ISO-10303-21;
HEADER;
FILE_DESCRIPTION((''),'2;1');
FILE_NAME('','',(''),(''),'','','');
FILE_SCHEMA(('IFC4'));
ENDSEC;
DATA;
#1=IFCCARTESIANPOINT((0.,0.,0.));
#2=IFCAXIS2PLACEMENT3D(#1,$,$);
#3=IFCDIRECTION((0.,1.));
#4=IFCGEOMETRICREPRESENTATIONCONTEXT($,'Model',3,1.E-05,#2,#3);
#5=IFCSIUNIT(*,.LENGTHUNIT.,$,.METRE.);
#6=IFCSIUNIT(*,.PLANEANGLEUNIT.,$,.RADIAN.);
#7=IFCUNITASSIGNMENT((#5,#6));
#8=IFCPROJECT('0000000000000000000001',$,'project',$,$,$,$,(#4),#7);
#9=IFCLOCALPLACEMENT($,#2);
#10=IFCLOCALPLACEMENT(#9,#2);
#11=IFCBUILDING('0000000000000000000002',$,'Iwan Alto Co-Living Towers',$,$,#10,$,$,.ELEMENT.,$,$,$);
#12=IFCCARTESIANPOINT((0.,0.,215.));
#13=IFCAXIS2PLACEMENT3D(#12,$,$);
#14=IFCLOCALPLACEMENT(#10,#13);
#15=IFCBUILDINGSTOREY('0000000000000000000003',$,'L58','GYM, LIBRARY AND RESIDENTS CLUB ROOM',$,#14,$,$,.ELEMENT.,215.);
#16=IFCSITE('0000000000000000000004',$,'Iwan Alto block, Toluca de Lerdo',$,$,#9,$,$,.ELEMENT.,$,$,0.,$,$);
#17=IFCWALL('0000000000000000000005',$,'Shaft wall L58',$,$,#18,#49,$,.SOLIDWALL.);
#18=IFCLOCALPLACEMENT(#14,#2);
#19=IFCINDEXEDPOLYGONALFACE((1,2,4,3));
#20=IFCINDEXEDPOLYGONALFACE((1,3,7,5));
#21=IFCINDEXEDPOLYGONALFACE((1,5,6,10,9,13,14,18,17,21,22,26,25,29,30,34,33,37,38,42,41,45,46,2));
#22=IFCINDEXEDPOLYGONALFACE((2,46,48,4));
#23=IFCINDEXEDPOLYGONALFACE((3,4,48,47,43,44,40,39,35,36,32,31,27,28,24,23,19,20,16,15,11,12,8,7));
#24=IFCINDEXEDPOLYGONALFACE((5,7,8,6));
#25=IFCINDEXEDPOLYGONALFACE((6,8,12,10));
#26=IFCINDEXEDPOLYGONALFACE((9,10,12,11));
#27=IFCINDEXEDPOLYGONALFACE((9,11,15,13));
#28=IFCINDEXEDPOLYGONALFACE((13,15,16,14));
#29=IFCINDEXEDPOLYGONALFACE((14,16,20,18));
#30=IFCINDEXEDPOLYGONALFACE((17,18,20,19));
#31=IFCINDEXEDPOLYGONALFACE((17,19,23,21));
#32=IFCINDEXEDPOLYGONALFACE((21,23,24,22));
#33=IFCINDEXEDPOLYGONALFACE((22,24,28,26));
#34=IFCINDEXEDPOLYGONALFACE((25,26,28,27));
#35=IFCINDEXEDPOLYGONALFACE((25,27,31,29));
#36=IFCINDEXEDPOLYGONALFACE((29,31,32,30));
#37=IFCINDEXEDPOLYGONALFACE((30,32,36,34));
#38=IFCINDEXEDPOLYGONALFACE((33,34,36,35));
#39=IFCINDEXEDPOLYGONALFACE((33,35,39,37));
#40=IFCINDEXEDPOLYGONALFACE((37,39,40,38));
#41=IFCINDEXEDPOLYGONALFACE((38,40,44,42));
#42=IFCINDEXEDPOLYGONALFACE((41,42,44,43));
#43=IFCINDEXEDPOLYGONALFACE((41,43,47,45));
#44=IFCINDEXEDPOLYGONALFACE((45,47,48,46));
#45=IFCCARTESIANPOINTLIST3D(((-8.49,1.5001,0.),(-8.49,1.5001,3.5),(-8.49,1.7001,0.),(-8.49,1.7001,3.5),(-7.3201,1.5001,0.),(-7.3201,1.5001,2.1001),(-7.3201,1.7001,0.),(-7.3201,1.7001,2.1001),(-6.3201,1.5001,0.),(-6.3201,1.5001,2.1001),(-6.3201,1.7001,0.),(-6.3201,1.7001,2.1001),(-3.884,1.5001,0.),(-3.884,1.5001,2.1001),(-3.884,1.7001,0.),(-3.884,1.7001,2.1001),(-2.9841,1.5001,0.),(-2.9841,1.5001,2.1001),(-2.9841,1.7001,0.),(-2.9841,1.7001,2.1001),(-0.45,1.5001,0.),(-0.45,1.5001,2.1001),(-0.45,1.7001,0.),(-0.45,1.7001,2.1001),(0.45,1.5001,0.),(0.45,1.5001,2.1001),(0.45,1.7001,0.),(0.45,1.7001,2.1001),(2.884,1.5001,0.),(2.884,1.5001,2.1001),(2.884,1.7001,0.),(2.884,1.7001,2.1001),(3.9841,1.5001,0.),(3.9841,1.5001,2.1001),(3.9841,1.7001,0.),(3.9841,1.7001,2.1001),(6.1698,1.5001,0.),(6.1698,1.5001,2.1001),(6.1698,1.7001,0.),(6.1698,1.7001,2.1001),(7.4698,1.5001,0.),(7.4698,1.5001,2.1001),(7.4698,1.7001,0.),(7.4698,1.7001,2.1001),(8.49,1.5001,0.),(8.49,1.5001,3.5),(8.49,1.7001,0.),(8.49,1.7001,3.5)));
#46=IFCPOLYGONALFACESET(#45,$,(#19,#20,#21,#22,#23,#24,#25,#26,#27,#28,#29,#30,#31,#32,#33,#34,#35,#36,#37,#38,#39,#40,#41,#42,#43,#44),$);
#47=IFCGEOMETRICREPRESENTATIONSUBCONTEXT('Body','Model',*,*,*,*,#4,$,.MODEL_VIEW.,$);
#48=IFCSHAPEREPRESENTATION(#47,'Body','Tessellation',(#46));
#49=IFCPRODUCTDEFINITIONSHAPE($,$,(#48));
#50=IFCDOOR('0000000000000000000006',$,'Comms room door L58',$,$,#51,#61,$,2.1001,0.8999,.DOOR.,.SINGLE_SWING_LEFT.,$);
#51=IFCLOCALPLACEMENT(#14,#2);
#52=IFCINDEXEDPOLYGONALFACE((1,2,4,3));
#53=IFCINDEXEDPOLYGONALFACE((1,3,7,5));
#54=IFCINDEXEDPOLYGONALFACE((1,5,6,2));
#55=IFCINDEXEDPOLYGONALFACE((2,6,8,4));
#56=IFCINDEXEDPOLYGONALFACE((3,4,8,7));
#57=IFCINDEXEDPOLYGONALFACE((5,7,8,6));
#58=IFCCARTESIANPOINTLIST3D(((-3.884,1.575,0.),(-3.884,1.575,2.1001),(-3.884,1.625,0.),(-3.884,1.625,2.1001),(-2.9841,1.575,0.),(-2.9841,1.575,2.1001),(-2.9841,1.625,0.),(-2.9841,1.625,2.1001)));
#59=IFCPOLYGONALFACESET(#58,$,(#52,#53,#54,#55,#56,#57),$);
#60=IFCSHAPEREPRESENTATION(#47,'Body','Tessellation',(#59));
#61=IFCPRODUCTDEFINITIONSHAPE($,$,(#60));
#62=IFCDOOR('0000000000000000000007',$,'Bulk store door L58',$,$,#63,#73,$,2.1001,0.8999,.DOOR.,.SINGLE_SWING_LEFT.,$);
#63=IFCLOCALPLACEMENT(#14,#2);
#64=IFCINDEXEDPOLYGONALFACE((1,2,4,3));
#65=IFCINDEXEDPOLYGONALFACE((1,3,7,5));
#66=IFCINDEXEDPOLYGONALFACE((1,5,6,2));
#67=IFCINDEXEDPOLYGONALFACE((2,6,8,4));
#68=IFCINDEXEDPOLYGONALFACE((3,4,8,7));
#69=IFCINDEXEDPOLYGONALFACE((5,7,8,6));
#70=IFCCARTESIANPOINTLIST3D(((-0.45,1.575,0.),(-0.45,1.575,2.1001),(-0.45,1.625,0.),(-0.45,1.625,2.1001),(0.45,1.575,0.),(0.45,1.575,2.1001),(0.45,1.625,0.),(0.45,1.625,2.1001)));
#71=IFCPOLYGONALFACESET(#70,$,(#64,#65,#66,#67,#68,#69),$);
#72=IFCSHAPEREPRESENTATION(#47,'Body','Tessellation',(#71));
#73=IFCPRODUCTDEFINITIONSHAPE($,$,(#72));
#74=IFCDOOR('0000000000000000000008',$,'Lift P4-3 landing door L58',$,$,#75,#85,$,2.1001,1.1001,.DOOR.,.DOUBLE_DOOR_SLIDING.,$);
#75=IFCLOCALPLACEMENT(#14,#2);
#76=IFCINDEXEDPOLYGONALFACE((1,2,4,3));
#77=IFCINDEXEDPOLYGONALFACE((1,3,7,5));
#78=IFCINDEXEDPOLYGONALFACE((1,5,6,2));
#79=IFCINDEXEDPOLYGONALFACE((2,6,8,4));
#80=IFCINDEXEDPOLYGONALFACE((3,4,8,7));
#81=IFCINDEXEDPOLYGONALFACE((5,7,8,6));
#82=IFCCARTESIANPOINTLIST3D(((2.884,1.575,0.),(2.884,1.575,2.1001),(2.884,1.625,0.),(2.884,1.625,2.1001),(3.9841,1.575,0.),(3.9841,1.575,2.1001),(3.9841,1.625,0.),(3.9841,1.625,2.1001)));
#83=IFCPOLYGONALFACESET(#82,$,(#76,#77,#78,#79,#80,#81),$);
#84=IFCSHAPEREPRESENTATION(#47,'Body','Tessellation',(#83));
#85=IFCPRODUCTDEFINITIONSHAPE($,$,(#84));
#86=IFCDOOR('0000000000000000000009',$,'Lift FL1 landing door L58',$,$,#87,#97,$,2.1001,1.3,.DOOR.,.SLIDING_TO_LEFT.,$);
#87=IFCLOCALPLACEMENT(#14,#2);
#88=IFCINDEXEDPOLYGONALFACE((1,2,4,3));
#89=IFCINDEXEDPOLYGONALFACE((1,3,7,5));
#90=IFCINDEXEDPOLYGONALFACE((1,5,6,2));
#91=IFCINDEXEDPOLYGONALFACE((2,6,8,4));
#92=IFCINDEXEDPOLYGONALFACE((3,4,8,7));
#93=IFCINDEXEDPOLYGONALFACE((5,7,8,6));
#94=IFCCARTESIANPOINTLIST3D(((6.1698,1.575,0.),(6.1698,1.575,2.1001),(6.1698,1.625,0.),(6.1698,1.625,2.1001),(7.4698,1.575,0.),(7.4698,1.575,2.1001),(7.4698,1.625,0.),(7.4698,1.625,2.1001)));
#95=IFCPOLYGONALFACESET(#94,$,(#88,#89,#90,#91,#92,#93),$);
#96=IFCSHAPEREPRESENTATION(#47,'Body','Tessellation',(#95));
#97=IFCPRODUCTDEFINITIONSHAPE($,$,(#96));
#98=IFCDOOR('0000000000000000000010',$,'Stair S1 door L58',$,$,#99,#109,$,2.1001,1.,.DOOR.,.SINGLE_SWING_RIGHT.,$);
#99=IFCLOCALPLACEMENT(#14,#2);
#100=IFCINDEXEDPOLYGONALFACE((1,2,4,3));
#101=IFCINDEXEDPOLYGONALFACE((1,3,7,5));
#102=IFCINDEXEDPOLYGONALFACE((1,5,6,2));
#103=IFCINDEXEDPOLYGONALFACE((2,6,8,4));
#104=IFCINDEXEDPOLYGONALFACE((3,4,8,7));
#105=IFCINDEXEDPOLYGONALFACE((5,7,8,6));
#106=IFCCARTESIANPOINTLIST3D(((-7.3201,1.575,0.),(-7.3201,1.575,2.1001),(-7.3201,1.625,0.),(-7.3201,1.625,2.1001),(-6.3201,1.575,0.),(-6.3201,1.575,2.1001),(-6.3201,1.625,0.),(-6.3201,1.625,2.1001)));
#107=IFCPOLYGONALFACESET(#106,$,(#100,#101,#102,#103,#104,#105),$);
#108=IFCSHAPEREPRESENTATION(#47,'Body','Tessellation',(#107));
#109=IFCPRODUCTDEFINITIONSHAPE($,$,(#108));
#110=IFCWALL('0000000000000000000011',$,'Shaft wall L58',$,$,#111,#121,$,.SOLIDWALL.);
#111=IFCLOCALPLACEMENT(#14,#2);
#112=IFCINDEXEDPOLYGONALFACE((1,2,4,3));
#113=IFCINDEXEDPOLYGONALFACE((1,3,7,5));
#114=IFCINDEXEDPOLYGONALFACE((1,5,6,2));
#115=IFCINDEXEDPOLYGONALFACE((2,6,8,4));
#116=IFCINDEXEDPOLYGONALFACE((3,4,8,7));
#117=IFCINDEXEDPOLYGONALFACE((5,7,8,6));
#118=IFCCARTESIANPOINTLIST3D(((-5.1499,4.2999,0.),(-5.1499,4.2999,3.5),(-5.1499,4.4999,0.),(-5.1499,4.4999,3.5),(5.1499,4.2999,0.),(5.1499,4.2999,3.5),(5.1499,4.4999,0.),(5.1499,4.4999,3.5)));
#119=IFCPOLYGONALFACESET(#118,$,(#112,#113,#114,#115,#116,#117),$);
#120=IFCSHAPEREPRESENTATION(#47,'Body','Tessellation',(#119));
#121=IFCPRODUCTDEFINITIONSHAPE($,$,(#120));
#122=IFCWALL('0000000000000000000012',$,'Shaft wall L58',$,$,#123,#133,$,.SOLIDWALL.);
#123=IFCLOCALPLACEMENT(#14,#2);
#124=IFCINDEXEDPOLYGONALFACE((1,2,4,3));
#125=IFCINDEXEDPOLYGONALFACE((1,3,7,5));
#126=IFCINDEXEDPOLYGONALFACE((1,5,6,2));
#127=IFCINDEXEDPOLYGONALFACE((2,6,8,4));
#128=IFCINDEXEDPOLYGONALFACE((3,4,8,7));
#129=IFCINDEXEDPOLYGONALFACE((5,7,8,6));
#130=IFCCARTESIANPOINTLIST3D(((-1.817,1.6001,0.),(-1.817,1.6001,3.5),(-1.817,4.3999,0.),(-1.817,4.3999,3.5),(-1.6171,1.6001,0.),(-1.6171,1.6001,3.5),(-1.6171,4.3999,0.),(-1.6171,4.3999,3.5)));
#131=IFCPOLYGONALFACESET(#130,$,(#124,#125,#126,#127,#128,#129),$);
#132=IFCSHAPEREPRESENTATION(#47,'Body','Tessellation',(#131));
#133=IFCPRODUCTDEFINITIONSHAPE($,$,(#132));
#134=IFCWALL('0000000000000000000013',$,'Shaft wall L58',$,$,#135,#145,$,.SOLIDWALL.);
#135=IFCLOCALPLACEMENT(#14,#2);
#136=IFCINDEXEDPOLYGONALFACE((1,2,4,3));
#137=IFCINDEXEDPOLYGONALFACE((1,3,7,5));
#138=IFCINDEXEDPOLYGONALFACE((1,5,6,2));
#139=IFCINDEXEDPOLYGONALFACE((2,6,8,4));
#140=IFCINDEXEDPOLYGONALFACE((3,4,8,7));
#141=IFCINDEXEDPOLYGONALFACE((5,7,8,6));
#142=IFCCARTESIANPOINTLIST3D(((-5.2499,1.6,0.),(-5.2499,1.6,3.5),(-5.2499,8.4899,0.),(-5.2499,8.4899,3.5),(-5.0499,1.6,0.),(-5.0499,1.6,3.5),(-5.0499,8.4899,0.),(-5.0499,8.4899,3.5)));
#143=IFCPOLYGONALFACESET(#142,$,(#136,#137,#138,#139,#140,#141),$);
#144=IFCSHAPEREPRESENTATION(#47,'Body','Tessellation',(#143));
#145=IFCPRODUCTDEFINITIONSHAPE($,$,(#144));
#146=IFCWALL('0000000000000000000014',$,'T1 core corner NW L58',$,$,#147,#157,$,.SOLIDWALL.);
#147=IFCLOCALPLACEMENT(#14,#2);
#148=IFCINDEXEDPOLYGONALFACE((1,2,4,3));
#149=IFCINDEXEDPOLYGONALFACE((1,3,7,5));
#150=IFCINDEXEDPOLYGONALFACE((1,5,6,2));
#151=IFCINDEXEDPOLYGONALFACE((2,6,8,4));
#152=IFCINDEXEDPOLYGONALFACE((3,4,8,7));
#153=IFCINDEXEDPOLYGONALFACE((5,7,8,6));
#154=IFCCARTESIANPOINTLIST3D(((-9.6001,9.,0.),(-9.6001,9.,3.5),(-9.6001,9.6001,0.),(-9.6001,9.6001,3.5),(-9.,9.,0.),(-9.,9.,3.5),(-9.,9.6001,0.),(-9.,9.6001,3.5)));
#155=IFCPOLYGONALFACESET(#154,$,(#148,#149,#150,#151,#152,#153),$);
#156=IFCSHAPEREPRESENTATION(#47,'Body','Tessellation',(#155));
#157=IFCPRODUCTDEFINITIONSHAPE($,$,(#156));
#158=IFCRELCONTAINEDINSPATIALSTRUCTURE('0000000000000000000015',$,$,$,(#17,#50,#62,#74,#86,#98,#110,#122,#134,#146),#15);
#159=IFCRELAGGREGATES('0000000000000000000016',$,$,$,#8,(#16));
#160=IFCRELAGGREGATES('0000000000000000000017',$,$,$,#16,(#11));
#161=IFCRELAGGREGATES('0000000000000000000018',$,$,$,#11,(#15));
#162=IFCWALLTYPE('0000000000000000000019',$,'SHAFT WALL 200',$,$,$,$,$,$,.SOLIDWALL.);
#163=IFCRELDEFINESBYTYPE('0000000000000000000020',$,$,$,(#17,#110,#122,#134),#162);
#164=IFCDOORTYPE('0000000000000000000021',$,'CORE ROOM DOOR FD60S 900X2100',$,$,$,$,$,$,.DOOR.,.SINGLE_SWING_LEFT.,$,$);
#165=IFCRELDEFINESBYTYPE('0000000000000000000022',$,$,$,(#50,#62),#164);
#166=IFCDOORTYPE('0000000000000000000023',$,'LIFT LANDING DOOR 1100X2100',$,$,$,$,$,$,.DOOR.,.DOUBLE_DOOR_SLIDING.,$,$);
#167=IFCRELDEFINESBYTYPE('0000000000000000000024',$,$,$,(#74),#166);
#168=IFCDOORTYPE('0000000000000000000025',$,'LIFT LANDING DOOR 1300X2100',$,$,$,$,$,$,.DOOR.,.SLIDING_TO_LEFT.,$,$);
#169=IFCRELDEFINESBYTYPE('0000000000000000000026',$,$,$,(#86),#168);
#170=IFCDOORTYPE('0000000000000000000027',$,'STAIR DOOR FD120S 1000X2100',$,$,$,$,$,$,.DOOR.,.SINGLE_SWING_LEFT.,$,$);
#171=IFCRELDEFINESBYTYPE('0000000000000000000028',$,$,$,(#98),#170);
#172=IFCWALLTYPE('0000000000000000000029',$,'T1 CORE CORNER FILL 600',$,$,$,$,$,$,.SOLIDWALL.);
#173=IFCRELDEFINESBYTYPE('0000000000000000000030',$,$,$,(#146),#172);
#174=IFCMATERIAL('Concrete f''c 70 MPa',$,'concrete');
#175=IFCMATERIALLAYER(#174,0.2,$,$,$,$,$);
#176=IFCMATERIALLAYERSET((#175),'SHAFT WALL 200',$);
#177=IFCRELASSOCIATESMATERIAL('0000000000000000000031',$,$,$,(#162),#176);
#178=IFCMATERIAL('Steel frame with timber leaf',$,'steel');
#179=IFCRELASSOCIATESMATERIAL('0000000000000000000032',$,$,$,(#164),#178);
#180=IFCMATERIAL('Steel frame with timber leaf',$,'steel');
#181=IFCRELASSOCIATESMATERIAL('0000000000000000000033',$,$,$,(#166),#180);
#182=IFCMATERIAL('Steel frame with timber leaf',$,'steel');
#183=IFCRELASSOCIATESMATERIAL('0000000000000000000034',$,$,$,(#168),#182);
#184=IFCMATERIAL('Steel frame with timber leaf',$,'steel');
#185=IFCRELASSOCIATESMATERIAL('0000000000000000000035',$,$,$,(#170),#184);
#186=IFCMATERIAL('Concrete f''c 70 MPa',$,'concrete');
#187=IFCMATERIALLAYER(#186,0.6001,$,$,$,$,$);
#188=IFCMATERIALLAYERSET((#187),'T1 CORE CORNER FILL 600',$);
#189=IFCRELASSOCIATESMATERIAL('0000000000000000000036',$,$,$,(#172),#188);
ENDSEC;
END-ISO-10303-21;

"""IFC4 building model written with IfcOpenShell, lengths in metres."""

from ifc_helpers import new_model, si_unit, direction, frame, frame_2d, origin, place, context, subcontext, project, spatial, rectangle, extrude, material, layer, layer_set, type_object, element, fill, save


model = new_model("IFC4")

# Units and contexts
model_context = context("Model", 3, precision=1e-05, world=origin(), true_north=direction((0.0, 1.0)))
body_context = subcontext(model_context, "Body", "Model", "MODEL_VIEW")
ifc_project = project(units=[si_unit("LENGTHUNIT", "METRE"), si_unit("PLANEANGLEUNIT", "RADIAN")], contexts=[model_context])

# Site, building, storey
site_placement = place(None, origin())
site = spatial("IfcSite", under=ifc_project, at=site_placement, Name="Iwan Alto block, Toluca de Lerdo", CompositionType="ELEMENT", RefElevation=0.0)
building_placement = place(site_placement, origin())
building = spatial("IfcBuilding", under=site, at=building_placement, Name="Iwan Alto Co-Living Towers", CompositionType="ELEMENT")
storey_placement = place(building_placement, frame((0.0, 0.0, 215.0)))
storey = spatial("IfcBuildingStorey", under=building, at=storey_placement, Name="L58", Description="GYM, LIBRARY AND RESIDENTS CLUB ROOM", CompositionType="ELEMENT", Elevation=215.0)

# Wall, openings, doors
ifc_material_1 = material(Name="Concrete f'c 70 MPa", Category="concrete")
ifc_layer_1 = layer(ifc_material_1, 0.2)
ifc_layer_set_1 = layer_set([ifc_layer_1], Name="SHAFT WALL 200")
wall_type_1 = type_object("IfcWallType", Name="SHAFT WALL 200", PredefinedType="SOLIDWALL", material=ifc_layer_set_1)
wall_1_placement = place(storey_placement, frame((-8.49, 1.6001, 0.0), z_axis=(0.0, 0.0, 1.0), x_axis=(1.0, 0.0, 0.0)))
wall_1 = element("IfcWall", 1, at=wall_1_placement, inside=storey, type_object=wall_type_1, Name="Shaft wall L58", PredefinedType="SOLIDWALL", context=body_context, shape_type="SweptSolid", body=[
    extrude(rectangle(XDim=16.98, YDim=0.2, at=frame_2d((8.49, 0.0))), origin(), (0.0, 0.0, 1.0), 3.5),
])
opening_1_placement = place(wall_1_placement, frame((1.1699, 0.0, 0.0)))
opening_1 = element("IfcOpeningElement", 2, at=opening_1_placement, cuts=wall_1, PredefinedType="OPENING", context=body_context, shape_type="SweptSolid", body=[
    extrude(rectangle(XDim=1.0, YDim=2.1001, at=frame_2d((0.5, 1.05))), frame((0.0, 0.1099, 0.0), z_axis=(0.0, -1.0, 0.0), x_axis=(1.0, 0.0, 0.0)), (0.0, 0.0, 1.0), 0.22),
])
opening_2_placement = place(wall_1_placement, frame((4.606, 0.0, 0.0)))
opening_2 = element("IfcOpeningElement", 3, at=opening_2_placement, cuts=wall_1, PredefinedType="OPENING", context=body_context, shape_type="SweptSolid", body=[
    extrude(rectangle(XDim=0.8999, YDim=2.1001, at=frame_2d((0.45, 1.05))), frame((0.0, 0.1099, 0.0), z_axis=(0.0, -1.0, 0.0), x_axis=(1.0, 0.0, 0.0)), (0.0, 0.0, 1.0), 0.22),
])
opening_3_placement = place(wall_1_placement, frame((8.04, 0.0, 0.0)))
opening_3 = element("IfcOpeningElement", 4, at=opening_3_placement, cuts=wall_1, PredefinedType="OPENING", context=body_context, shape_type="SweptSolid", body=[
    extrude(rectangle(XDim=0.8999, YDim=2.1001, at=frame_2d((0.45, 1.05))), frame((0.0, 0.1099, 0.0), z_axis=(0.0, -1.0, 0.0), x_axis=(1.0, 0.0, 0.0)), (0.0, 0.0, 1.0), 0.22),
])
opening_4_placement = place(wall_1_placement, frame((11.374, 0.0, 0.0)))
opening_4 = element("IfcOpeningElement", 5, at=opening_4_placement, cuts=wall_1, PredefinedType="OPENING", context=body_context, shape_type="SweptSolid", body=[
    extrude(rectangle(XDim=1.1001, YDim=2.1001, at=frame_2d((0.55, 1.05))), frame((0.0, 0.1099, 0.0), z_axis=(0.0, -1.0, 0.0), x_axis=(1.0, 0.0, 0.0)), (0.0, 0.0, 1.0), 0.22),
])
opening_5_placement = place(wall_1_placement, frame((14.6599, 0.0, 0.0)))
opening_5 = element("IfcOpeningElement", 6, at=opening_5_placement, cuts=wall_1, PredefinedType="OPENING", context=body_context, shape_type="SweptSolid", body=[
    extrude(rectangle(XDim=1.3, YDim=2.1001, at=frame_2d((0.6499, 1.05))), frame((0.0, 0.1099, 0.0), z_axis=(0.0, -1.0, 0.0), x_axis=(1.0, 0.0, 0.0)), (0.0, 0.0, 1.0), 0.22),
])
ifc_material_2 = material(Name="Steel frame with timber leaf", Category="steel")
door_type_1 = type_object("IfcDoorType", Name="CORE ROOM DOOR FD60S 900X2100", OperationType="SINGLE_SWING_LEFT", PredefinedType="DOOR", material=ifc_material_2)
door_1_placement = place(opening_2_placement, origin())
door_1 = element("IfcDoor", 7, at=door_1_placement, inside=storey, type_object=door_type_1, Name="Comms room door L58", OperationType="SINGLE_SWING_LEFT", OverallHeight=2.1001, OverallWidth=0.8999, PredefinedType="DOOR", context=body_context, shape_type="SweptSolid", body=[
    extrude(rectangle(XDim=0.8999, YDim=2.1001, at=frame_2d((0.45, 1.05))), frame((0.0, 0.0249, 0.0), z_axis=(0.0, -1.0, 0.0), x_axis=(1.0, 0.0, 0.0)), (0.0, 0.0, 1.0), 0.05),
])
fill(opening_2, door_1)
door_2_placement = place(opening_3_placement, origin())
door_2 = element("IfcDoor", 8, at=door_2_placement, inside=storey, type_object=door_type_1, Name="Bulk store door L58", OperationType="SINGLE_SWING_LEFT", OverallHeight=2.1001, OverallWidth=0.8999, PredefinedType="DOOR", context=body_context, shape_type="SweptSolid", body=[
    extrude(rectangle(XDim=0.8999, YDim=2.1001, at=frame_2d((0.45, 1.05))), frame((0.0, 0.0249, 0.0), z_axis=(0.0, -1.0, 0.0), x_axis=(1.0, 0.0, 0.0)), (0.0, 0.0, 1.0), 0.05),
])
fill(opening_3, door_2)
ifc_material_3 = material(Name="Steel frame with timber leaf", Category="steel")
door_type_2 = type_object("IfcDoorType", Name="LIFT LANDING DOOR 1100X2100", OperationType="DOUBLE_DOOR_SLIDING", PredefinedType="DOOR", material=ifc_material_3)
door_3_placement = place(opening_4_placement, origin())
door_3 = element("IfcDoor", 9, at=door_3_placement, inside=storey, type_object=door_type_2, Name="Lift P4-3 landing door L58", OperationType="DOUBLE_DOOR_SLIDING", OverallHeight=2.1001, OverallWidth=1.1001, PredefinedType="DOOR", context=body_context, shape_type="SweptSolid", body=[
    extrude(rectangle(XDim=1.1001, YDim=2.1001, at=frame_2d((0.55, 1.05))), frame((0.0, 0.0249, 0.0), z_axis=(0.0, -1.0, 0.0), x_axis=(1.0, 0.0, 0.0)), (0.0, 0.0, 1.0), 0.05),
])
fill(opening_4, door_3)
ifc_material_4 = material(Name="Steel frame with timber leaf", Category="steel")
door_type_3 = type_object("IfcDoorType", Name="LIFT LANDING DOOR 1300X2100", OperationType="SLIDING_TO_LEFT", PredefinedType="DOOR", material=ifc_material_4)
door_4_placement = place(opening_5_placement, origin())
door_4 = element("IfcDoor", 10, at=door_4_placement, inside=storey, type_object=door_type_3, Name="Lift FL1 landing door L58", OperationType="SLIDING_TO_LEFT", OverallHeight=2.1001, OverallWidth=1.3, PredefinedType="DOOR", context=body_context, shape_type="SweptSolid", body=[
    extrude(rectangle(XDim=1.3, YDim=2.1001, at=frame_2d((0.6499, 1.05))), frame((0.0, 0.0249, 0.0), z_axis=(0.0, -1.0, 0.0), x_axis=(1.0, 0.0, 0.0)), (0.0, 0.0, 1.0), 0.05),
])
fill(opening_5, door_4)
ifc_material_5 = material(Name="Steel frame with timber leaf", Category="steel")
door_type_4 = type_object("IfcDoorType", Name="STAIR DOOR FD120S 1000X2100", OperationType="SINGLE_SWING_LEFT", PredefinedType="DOOR", material=ifc_material_5)
door_5_placement = place(opening_1_placement, origin())
door_5 = element("IfcDoor", 11, at=door_5_placement, inside=storey, type_object=door_type_4, Name="Stair S1 door L58", OperationType="SINGLE_SWING_RIGHT", OverallHeight=2.1001, OverallWidth=1.0, PredefinedType="DOOR", context=body_context, shape_type="SweptSolid", body=[
    extrude(rectangle(XDim=1.0, YDim=2.1001, at=frame_2d((0.5, 1.05))), frame((0.0, 0.0249, 0.0), z_axis=(0.0, -1.0, 0.0), x_axis=(1.0, 0.0, 0.0)), (0.0, 0.0, 1.0), 0.05),
])
fill(opening_1, door_5)

# Walls
wall_2_placement = place(storey_placement, frame((-5.1499, 4.3999, 0.0), z_axis=(0.0, 0.0, 1.0), x_axis=(1.0, 0.0, 0.0)))
element("IfcWall", 12, at=wall_2_placement, inside=storey, type_object=wall_type_1, Name="Shaft wall L58", PredefinedType="SOLIDWALL", context=body_context, shape_type="SweptSolid", body=[
    extrude(rectangle(XDim=10.2998, YDim=0.2, at=frame_2d((5.1499, 0.0))), origin(), (0.0, 0.0, 1.0), 3.5),
])
wall_3_placement = place(storey_placement, frame((-1.717, 1.6001, 0.0), z_axis=(0.0, 0.0, 1.0), x_axis=(0.0, 1.0, 0.0)))
element("IfcWall", 13, at=wall_3_placement, inside=storey, type_object=wall_type_1, Name="Shaft wall L58", PredefinedType="SOLIDWALL", context=body_context, shape_type="SweptSolid", body=[
    extrude(rectangle(XDim=2.7998, YDim=0.2, at=frame_2d((1.3999, 0.0))), origin(), (0.0, 0.0, 1.0), 3.5),
])
wall_4_placement = place(storey_placement, frame((-5.1499, 1.6001, 0.0), z_axis=(0.0, 0.0, 1.0), x_axis=(0.0, 1.0, 0.0)))
element("IfcWall", 14, at=wall_4_placement, inside=storey, type_object=wall_type_1, Name="Shaft wall L58", PredefinedType="SOLIDWALL", context=body_context, shape_type="SweptSolid", body=[
    extrude(rectangle(XDim=6.8899, YDim=0.2, at=frame_2d((3.4448, 0.0))), origin(), (0.0, 0.0, 1.0), 3.5),
])
ifc_material_6 = material(Name="Concrete f'c 70 MPa", Category="concrete")
ifc_layer_2 = layer(ifc_material_6, 0.6001)
ifc_layer_set_2 = layer_set([ifc_layer_2], Name="T1 CORE CORNER FILL 600")
wall_type_2 = type_object("IfcWallType", Name="T1 CORE CORNER FILL 600", PredefinedType="SOLIDWALL", material=ifc_layer_set_2)
wall_5_placement = place(storey_placement, frame((-9.6001, 9.3, 0.0), z_axis=(0.0, 0.0, 1.0), x_axis=(1.0, 0.0, 0.0)))
element("IfcWall", 15, at=wall_5_placement, inside=storey, type_object=wall_type_2, Name="T1 core corner NW L58", PredefinedType="SOLIDWALL", context=body_context, shape_type="SweptSolid", body=[
    extrude(rectangle(XDim=0.6001, YDim=0.6001, at=frame_2d((0.3, 0.0))), origin(), (0.0, 0.0, 1.0), 3.5),
])

save(model, "model.ifc")
